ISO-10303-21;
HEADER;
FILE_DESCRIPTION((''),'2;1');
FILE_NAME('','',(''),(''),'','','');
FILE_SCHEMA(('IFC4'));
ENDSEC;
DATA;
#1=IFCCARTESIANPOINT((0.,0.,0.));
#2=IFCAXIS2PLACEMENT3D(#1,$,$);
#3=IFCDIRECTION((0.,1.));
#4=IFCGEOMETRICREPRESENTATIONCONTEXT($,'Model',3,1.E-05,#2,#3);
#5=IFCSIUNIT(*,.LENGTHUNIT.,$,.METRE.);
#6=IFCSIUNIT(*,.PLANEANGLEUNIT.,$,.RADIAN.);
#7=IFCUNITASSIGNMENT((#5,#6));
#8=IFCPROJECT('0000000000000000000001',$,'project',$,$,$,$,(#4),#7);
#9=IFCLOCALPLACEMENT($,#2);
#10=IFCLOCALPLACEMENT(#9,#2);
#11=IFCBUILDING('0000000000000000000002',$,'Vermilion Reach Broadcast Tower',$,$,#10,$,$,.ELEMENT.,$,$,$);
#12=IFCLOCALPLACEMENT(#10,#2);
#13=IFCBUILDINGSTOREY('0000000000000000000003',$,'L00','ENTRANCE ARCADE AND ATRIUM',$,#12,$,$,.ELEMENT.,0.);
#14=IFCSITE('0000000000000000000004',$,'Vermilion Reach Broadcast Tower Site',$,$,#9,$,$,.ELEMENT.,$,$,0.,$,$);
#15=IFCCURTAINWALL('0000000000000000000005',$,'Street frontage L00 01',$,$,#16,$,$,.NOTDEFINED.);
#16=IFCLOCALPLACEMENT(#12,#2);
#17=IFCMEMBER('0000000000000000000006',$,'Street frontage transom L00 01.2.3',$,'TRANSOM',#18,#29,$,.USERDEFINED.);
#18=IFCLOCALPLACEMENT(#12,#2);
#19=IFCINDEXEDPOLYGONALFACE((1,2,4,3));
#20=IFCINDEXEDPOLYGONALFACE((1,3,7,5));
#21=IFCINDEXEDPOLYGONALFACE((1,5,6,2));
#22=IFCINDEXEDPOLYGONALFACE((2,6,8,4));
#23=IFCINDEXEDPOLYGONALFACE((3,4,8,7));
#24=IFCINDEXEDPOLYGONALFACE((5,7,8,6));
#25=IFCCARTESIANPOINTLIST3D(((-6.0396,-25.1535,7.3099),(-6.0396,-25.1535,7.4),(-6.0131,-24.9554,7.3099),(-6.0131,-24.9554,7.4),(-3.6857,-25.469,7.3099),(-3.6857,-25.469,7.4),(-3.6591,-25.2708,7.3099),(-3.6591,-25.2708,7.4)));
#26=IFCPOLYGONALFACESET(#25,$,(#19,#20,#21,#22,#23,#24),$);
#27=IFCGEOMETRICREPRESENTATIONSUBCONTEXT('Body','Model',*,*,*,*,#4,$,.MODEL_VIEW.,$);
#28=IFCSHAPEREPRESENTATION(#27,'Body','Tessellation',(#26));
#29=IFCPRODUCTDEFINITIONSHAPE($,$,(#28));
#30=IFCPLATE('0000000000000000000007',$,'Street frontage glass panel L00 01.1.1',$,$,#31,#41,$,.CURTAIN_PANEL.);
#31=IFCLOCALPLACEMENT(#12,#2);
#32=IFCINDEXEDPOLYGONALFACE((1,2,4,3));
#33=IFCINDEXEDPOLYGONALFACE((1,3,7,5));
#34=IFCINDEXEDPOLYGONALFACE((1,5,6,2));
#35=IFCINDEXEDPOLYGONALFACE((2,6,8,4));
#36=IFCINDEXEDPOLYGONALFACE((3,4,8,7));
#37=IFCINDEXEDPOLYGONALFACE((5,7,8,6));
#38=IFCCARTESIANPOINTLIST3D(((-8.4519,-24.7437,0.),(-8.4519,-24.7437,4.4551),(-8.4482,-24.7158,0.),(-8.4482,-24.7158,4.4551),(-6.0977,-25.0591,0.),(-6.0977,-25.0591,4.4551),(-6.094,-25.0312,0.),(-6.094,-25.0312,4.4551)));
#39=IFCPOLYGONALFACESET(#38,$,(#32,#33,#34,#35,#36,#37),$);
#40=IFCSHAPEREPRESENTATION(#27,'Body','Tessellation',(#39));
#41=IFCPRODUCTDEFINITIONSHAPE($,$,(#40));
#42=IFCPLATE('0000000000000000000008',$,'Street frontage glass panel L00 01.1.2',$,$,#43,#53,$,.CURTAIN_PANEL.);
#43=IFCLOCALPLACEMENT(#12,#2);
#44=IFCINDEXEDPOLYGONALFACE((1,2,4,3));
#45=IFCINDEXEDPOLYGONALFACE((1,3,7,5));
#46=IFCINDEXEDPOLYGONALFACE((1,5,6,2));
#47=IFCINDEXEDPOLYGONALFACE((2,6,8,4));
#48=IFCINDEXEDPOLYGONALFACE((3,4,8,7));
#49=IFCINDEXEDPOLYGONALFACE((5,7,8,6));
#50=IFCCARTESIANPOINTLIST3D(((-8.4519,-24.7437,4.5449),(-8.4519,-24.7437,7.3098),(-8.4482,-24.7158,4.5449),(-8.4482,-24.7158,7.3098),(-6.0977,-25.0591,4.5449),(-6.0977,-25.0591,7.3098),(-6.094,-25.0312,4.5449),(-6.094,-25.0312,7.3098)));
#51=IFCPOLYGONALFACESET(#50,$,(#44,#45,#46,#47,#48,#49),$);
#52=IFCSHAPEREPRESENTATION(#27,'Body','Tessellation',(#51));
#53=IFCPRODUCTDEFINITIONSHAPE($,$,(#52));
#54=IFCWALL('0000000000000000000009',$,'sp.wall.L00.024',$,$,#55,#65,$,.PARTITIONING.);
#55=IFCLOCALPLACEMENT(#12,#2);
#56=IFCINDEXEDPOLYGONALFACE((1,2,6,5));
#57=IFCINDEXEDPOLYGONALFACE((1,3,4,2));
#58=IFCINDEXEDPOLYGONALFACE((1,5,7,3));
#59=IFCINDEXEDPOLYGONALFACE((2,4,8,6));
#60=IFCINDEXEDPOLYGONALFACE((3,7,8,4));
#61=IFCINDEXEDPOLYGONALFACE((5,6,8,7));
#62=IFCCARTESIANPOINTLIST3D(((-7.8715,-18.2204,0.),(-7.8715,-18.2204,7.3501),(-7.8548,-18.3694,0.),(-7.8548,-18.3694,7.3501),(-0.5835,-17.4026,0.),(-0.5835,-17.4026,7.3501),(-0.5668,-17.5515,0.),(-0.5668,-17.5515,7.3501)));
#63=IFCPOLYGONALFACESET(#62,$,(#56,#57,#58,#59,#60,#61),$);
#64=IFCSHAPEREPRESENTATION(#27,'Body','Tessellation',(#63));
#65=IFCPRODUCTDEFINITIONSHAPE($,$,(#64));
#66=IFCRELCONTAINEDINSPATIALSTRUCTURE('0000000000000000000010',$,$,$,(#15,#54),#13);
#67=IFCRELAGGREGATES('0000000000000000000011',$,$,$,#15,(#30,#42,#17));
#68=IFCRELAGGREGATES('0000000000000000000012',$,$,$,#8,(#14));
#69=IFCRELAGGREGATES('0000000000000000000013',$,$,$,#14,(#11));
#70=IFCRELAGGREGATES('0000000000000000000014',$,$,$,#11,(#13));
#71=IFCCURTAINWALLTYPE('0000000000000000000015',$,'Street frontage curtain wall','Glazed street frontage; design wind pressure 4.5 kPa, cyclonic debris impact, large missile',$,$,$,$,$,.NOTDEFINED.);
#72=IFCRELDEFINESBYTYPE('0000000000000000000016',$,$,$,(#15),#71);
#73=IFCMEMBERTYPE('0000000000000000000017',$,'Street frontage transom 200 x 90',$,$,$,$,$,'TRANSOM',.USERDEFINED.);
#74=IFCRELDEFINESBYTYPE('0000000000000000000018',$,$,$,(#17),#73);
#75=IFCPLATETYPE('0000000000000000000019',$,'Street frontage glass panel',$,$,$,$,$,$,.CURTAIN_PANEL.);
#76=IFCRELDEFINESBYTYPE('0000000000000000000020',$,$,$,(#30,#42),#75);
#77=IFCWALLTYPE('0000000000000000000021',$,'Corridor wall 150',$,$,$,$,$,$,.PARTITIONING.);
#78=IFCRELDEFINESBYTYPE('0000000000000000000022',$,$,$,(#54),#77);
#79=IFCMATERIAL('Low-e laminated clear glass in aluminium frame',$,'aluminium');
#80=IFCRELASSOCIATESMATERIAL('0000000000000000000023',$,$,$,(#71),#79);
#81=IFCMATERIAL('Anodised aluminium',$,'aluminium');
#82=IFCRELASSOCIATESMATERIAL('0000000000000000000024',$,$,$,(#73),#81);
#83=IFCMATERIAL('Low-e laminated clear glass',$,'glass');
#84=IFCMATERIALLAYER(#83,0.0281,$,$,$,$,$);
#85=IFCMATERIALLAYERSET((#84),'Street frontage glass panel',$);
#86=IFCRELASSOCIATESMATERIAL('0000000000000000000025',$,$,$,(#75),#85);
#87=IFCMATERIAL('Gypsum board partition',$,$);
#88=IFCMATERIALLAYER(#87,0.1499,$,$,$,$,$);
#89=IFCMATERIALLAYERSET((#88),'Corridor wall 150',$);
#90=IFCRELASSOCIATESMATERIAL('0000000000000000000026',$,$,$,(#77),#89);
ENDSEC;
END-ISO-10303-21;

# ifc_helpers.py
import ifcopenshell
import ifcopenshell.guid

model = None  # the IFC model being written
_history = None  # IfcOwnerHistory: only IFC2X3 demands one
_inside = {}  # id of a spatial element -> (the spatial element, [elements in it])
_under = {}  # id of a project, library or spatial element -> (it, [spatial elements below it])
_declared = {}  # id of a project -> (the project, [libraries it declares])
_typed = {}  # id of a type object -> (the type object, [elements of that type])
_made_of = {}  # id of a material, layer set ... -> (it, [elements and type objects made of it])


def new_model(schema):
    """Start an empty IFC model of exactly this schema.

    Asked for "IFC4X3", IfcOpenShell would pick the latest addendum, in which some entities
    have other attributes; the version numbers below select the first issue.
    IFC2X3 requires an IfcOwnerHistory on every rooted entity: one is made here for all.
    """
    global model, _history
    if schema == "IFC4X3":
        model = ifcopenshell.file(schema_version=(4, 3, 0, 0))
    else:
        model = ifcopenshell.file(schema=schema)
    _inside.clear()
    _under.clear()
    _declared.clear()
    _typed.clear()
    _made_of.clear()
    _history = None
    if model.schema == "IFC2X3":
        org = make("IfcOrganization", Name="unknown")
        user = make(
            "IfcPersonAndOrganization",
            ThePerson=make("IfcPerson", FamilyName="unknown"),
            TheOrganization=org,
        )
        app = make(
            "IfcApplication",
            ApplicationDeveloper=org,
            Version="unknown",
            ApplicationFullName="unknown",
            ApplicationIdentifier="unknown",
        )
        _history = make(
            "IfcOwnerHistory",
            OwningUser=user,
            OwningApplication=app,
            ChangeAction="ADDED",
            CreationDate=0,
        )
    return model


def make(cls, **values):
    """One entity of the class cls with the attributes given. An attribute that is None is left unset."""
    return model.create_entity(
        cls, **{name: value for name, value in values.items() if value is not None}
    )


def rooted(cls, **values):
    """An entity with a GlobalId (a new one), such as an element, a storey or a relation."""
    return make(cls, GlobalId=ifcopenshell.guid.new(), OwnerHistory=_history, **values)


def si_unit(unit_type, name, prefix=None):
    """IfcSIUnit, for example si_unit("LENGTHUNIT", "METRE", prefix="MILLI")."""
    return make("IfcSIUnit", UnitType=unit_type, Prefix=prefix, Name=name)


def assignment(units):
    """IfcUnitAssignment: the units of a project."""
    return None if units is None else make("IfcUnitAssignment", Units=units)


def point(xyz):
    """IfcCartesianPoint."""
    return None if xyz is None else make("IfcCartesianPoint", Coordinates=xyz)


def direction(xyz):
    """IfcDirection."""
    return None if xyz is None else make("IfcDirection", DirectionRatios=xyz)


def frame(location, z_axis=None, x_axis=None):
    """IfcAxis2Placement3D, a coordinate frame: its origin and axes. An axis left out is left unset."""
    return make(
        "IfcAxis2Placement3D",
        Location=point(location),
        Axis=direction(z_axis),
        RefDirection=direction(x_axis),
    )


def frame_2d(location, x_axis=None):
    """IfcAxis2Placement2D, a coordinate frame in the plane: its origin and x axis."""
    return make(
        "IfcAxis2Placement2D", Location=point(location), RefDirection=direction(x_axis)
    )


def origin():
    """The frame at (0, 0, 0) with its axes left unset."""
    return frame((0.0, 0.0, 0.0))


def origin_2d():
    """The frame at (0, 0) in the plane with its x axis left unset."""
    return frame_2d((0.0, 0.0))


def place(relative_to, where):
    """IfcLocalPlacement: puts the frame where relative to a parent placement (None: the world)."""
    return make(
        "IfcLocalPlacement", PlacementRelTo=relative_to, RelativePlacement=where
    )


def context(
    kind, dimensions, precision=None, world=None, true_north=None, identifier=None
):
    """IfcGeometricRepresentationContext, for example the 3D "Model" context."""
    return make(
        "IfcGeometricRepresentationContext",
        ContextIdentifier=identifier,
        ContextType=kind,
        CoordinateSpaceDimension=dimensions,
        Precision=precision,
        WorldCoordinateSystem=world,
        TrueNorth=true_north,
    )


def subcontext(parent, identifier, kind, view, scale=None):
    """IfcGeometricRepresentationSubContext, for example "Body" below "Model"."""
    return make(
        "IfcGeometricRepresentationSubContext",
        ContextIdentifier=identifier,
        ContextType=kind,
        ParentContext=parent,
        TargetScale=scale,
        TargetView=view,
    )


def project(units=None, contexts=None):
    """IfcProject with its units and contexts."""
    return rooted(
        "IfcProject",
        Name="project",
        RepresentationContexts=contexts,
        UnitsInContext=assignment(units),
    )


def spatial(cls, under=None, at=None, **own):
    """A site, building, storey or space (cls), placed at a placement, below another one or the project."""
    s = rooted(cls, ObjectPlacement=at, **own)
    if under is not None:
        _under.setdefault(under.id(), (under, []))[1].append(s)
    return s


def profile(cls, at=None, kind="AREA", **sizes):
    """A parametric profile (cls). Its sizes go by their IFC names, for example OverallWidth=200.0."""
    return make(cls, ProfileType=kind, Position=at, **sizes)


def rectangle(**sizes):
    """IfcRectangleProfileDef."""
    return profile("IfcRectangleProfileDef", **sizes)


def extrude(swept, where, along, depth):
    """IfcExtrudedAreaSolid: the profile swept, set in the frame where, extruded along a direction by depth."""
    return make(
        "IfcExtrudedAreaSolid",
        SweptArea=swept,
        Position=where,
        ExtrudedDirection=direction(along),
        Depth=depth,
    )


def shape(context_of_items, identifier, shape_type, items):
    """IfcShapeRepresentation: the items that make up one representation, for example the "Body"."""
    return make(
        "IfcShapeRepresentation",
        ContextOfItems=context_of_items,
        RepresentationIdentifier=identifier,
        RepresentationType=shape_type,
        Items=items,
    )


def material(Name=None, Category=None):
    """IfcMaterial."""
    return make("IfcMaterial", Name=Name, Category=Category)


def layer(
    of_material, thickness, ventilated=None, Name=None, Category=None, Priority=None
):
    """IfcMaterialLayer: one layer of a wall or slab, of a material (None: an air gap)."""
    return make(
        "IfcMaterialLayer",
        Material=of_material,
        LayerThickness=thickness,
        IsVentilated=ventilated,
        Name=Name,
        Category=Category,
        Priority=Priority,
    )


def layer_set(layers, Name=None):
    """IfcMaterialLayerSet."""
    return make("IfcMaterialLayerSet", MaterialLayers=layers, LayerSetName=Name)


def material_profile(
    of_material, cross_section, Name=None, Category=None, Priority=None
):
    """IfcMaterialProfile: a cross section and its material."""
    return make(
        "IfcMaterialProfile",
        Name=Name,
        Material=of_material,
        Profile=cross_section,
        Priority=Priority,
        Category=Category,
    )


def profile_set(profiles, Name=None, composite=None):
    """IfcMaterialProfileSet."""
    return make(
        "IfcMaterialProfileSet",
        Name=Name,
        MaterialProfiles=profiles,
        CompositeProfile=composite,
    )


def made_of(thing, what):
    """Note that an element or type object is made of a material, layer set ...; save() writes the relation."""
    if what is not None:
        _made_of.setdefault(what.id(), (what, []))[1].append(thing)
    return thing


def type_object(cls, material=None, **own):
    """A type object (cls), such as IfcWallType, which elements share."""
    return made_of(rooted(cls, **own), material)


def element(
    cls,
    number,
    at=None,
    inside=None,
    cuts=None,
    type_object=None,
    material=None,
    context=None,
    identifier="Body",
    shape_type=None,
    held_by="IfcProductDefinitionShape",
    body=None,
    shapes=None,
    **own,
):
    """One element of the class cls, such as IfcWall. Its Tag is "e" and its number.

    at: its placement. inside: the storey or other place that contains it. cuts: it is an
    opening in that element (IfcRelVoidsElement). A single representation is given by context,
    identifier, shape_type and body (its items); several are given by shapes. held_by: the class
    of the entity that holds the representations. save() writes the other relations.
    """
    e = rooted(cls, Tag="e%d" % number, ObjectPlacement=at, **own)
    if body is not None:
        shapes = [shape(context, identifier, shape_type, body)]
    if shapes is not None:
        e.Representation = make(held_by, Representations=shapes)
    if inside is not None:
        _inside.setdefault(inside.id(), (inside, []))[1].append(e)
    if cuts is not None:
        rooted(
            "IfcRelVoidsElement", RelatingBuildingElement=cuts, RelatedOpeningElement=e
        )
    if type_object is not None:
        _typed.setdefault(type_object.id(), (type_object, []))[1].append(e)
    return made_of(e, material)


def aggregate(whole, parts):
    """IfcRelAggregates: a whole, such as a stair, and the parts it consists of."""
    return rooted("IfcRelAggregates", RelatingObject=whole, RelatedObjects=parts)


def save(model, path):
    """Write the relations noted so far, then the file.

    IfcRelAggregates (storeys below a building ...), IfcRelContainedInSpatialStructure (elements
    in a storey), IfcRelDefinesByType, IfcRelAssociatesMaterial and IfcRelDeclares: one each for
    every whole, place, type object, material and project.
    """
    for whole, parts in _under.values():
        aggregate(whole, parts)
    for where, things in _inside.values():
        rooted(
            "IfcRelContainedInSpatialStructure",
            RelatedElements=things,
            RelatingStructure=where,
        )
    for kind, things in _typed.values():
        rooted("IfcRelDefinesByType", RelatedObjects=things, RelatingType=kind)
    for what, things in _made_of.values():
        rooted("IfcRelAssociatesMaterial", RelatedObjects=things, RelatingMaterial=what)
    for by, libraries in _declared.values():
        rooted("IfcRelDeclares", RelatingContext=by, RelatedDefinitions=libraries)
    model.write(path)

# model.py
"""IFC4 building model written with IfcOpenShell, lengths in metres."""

from ifc_helpers import new_model, si_unit, direction, frame, frame_2d, origin, origin_2d, place, context, subcontext, project, spatial, rectangle, extrude, material, layer, layer_set, material_profile, profile_set, type_object, element, aggregate, save


model = new_model("IFC4")

# Units and contexts
model_context = context("Model", 3, precision=1e-05, world=origin(), true_north=direction((0.0, 1.0)))
body_context = subcontext(model_context, "Body", "Model", "MODEL_VIEW")
ifc_project = project(units=[si_unit("LENGTHUNIT", "METRE"), si_unit("PLANEANGLEUNIT", "RADIAN")], contexts=[model_context])

# Site, building, storey
site_placement = place(None, origin())
site = spatial("IfcSite", under=ifc_project, at=site_placement, Name="Vermilion Reach Broadcast Tower Site", CompositionType="ELEMENT", RefElevation=0.0)
building_placement = place(site_placement, origin())
building = spatial("IfcBuilding", under=site, at=building_placement, Name="Vermilion Reach Broadcast Tower", CompositionType="ELEMENT")
storey_placement = place(building_placement, origin())
storey = spatial("IfcBuildingStorey", under=building, at=storey_placement, Name="L00", Description="ENTRANCE ARCADE AND ATRIUM", CompositionType="ELEMENT", Elevation=0.0)

# Curtain wall, member, plates
ifc_material_1 = material(Name="Low-e laminated clear glass in aluminium frame", Category="aluminium")
curtain_wall_type = type_object("IfcCurtainWallType", Name="Street frontage curtain wall", Description="Glazed street frontage; design wind pressure 4.5 kPa, cyclonic debris impact, large missile", PredefinedType="NOTDEFINED", material=ifc_material_1)
curtain_wall_placement = place(storey_placement, origin())
curtain_wall = element("IfcCurtainWall", 1, at=curtain_wall_placement, inside=storey, type_object=curtain_wall_type, Name="Street frontage L00 01", PredefinedType="NOTDEFINED")
ifc_material_2 = material(Name="Anodised aluminium", Category="aluminium")
ifc_material_profile_1 = material_profile(ifc_material_2, rectangle(XDim=0.2, YDim=0.0901, at=origin_2d()), Name="Street frontage transom 200 x 90")
ifc_profile_set_1 = profile_set([ifc_material_profile_1], Name="Anodised aluminium")
member_type_1 = type_object("IfcMemberType", Name="Street frontage transom 200 x 90", ElementType="TRANSOM", PredefinedType="USERDEFINED", material=ifc_profile_set_1)
member_1_placement = place(storey_placement, frame((-6.0264, -25.0544, 7.355), z_axis=(0.991142, -0.13281, 0.0), x_axis=(0.13281, 0.991142, 0.0)))
member_1 = element("IfcMember", 2, at=member_1_placement, type_object=member_type_1, Name="Street frontage transom L00 01.2.3", ObjectType="TRANSOM", PredefinedType="USERDEFINED", context=body_context, shape_type="SweptSolid", body=[
    extrude(rectangle(XDim=0.2, YDim=0.0901, at=origin_2d()), origin(), (0.0, 0.0, 1.0), 2.375),
])
ifc_material_3 = material(Name="Low-e laminated clear glass", Category="glass")
ifc_layer_1 = layer(ifc_material_3, 0.0281)
ifc_layer_set_1 = layer_set([ifc_layer_1], Name="Street frontage glass panel")
plate_type = type_object("IfcPlateType", Name="Street frontage glass panel", PredefinedType="CURTAIN_PANEL", material=ifc_layer_set_1)
plate_1_placement = place(storey_placement, frame((-7.2729, -24.8875, 0.0), z_axis=(0.0, 0.0, 1.0), x_axis=(0.991144, -0.132794, 0.0)))
plate_1 = element("IfcPlate", 3, at=plate_1_placement, type_object=plate_type, Name="Street frontage glass panel L00 01.1.1", PredefinedType="CURTAIN_PANEL", context=body_context, shape_type="SweptSolid", body=[
    extrude(rectangle(XDim=2.3752, YDim=0.0281, at=origin_2d()), origin(), (0.0, 0.0, 1.0), 4.4551),
])
plate_2_placement = place(storey_placement, frame((-7.2729, -24.8875, 4.5449), z_axis=(0.0, 0.0, 1.0), x_axis=(0.991144, -0.132794, 0.0)))
plate_2 = element("IfcPlate", 4, at=plate_2_placement, type_object=plate_type, Name="Street frontage glass panel L00 01.1.2", PredefinedType="CURTAIN_PANEL", context=body_context, shape_type="SweptSolid", body=[
    extrude(rectangle(XDim=2.3752, YDim=0.0281, at=origin_2d()), origin(), (0.0, 0.0, 1.0), 2.7649),
])
aggregate(curtain_wall, [plate_1, plate_2, member_1])

# Wall
ifc_material_4 = material(Name="Gypsum board partition")
ifc_layer_2 = layer(ifc_material_4, 0.1499)
ifc_layer_set_2 = layer_set([ifc_layer_2], Name="Corridor wall 150")
wall_type = type_object("IfcWallType", Name="Corridor wall 150", PredefinedType="PARTITIONING", material=ifc_layer_set_2)
wall_placement = place(storey_placement, frame((-7.8633, -18.2949, 0.0), z_axis=(0.0, 0.0, 1.0), x_axis=(0.993762, 0.11152, 0.0)))
element("IfcWall", 5, at=wall_placement, inside=storey, type_object=wall_type, Name="sp.wall.L00.024", PredefinedType="PARTITIONING", context=body_context, shape_type="SweptSolid", body=[
    extrude(rectangle(XDim=7.3337, YDim=0.1499, at=frame_2d((3.667, 0.0))), origin(), (0.0, 0.0, 1.0), 7.3501),
])

save(model, "model.ifc")
